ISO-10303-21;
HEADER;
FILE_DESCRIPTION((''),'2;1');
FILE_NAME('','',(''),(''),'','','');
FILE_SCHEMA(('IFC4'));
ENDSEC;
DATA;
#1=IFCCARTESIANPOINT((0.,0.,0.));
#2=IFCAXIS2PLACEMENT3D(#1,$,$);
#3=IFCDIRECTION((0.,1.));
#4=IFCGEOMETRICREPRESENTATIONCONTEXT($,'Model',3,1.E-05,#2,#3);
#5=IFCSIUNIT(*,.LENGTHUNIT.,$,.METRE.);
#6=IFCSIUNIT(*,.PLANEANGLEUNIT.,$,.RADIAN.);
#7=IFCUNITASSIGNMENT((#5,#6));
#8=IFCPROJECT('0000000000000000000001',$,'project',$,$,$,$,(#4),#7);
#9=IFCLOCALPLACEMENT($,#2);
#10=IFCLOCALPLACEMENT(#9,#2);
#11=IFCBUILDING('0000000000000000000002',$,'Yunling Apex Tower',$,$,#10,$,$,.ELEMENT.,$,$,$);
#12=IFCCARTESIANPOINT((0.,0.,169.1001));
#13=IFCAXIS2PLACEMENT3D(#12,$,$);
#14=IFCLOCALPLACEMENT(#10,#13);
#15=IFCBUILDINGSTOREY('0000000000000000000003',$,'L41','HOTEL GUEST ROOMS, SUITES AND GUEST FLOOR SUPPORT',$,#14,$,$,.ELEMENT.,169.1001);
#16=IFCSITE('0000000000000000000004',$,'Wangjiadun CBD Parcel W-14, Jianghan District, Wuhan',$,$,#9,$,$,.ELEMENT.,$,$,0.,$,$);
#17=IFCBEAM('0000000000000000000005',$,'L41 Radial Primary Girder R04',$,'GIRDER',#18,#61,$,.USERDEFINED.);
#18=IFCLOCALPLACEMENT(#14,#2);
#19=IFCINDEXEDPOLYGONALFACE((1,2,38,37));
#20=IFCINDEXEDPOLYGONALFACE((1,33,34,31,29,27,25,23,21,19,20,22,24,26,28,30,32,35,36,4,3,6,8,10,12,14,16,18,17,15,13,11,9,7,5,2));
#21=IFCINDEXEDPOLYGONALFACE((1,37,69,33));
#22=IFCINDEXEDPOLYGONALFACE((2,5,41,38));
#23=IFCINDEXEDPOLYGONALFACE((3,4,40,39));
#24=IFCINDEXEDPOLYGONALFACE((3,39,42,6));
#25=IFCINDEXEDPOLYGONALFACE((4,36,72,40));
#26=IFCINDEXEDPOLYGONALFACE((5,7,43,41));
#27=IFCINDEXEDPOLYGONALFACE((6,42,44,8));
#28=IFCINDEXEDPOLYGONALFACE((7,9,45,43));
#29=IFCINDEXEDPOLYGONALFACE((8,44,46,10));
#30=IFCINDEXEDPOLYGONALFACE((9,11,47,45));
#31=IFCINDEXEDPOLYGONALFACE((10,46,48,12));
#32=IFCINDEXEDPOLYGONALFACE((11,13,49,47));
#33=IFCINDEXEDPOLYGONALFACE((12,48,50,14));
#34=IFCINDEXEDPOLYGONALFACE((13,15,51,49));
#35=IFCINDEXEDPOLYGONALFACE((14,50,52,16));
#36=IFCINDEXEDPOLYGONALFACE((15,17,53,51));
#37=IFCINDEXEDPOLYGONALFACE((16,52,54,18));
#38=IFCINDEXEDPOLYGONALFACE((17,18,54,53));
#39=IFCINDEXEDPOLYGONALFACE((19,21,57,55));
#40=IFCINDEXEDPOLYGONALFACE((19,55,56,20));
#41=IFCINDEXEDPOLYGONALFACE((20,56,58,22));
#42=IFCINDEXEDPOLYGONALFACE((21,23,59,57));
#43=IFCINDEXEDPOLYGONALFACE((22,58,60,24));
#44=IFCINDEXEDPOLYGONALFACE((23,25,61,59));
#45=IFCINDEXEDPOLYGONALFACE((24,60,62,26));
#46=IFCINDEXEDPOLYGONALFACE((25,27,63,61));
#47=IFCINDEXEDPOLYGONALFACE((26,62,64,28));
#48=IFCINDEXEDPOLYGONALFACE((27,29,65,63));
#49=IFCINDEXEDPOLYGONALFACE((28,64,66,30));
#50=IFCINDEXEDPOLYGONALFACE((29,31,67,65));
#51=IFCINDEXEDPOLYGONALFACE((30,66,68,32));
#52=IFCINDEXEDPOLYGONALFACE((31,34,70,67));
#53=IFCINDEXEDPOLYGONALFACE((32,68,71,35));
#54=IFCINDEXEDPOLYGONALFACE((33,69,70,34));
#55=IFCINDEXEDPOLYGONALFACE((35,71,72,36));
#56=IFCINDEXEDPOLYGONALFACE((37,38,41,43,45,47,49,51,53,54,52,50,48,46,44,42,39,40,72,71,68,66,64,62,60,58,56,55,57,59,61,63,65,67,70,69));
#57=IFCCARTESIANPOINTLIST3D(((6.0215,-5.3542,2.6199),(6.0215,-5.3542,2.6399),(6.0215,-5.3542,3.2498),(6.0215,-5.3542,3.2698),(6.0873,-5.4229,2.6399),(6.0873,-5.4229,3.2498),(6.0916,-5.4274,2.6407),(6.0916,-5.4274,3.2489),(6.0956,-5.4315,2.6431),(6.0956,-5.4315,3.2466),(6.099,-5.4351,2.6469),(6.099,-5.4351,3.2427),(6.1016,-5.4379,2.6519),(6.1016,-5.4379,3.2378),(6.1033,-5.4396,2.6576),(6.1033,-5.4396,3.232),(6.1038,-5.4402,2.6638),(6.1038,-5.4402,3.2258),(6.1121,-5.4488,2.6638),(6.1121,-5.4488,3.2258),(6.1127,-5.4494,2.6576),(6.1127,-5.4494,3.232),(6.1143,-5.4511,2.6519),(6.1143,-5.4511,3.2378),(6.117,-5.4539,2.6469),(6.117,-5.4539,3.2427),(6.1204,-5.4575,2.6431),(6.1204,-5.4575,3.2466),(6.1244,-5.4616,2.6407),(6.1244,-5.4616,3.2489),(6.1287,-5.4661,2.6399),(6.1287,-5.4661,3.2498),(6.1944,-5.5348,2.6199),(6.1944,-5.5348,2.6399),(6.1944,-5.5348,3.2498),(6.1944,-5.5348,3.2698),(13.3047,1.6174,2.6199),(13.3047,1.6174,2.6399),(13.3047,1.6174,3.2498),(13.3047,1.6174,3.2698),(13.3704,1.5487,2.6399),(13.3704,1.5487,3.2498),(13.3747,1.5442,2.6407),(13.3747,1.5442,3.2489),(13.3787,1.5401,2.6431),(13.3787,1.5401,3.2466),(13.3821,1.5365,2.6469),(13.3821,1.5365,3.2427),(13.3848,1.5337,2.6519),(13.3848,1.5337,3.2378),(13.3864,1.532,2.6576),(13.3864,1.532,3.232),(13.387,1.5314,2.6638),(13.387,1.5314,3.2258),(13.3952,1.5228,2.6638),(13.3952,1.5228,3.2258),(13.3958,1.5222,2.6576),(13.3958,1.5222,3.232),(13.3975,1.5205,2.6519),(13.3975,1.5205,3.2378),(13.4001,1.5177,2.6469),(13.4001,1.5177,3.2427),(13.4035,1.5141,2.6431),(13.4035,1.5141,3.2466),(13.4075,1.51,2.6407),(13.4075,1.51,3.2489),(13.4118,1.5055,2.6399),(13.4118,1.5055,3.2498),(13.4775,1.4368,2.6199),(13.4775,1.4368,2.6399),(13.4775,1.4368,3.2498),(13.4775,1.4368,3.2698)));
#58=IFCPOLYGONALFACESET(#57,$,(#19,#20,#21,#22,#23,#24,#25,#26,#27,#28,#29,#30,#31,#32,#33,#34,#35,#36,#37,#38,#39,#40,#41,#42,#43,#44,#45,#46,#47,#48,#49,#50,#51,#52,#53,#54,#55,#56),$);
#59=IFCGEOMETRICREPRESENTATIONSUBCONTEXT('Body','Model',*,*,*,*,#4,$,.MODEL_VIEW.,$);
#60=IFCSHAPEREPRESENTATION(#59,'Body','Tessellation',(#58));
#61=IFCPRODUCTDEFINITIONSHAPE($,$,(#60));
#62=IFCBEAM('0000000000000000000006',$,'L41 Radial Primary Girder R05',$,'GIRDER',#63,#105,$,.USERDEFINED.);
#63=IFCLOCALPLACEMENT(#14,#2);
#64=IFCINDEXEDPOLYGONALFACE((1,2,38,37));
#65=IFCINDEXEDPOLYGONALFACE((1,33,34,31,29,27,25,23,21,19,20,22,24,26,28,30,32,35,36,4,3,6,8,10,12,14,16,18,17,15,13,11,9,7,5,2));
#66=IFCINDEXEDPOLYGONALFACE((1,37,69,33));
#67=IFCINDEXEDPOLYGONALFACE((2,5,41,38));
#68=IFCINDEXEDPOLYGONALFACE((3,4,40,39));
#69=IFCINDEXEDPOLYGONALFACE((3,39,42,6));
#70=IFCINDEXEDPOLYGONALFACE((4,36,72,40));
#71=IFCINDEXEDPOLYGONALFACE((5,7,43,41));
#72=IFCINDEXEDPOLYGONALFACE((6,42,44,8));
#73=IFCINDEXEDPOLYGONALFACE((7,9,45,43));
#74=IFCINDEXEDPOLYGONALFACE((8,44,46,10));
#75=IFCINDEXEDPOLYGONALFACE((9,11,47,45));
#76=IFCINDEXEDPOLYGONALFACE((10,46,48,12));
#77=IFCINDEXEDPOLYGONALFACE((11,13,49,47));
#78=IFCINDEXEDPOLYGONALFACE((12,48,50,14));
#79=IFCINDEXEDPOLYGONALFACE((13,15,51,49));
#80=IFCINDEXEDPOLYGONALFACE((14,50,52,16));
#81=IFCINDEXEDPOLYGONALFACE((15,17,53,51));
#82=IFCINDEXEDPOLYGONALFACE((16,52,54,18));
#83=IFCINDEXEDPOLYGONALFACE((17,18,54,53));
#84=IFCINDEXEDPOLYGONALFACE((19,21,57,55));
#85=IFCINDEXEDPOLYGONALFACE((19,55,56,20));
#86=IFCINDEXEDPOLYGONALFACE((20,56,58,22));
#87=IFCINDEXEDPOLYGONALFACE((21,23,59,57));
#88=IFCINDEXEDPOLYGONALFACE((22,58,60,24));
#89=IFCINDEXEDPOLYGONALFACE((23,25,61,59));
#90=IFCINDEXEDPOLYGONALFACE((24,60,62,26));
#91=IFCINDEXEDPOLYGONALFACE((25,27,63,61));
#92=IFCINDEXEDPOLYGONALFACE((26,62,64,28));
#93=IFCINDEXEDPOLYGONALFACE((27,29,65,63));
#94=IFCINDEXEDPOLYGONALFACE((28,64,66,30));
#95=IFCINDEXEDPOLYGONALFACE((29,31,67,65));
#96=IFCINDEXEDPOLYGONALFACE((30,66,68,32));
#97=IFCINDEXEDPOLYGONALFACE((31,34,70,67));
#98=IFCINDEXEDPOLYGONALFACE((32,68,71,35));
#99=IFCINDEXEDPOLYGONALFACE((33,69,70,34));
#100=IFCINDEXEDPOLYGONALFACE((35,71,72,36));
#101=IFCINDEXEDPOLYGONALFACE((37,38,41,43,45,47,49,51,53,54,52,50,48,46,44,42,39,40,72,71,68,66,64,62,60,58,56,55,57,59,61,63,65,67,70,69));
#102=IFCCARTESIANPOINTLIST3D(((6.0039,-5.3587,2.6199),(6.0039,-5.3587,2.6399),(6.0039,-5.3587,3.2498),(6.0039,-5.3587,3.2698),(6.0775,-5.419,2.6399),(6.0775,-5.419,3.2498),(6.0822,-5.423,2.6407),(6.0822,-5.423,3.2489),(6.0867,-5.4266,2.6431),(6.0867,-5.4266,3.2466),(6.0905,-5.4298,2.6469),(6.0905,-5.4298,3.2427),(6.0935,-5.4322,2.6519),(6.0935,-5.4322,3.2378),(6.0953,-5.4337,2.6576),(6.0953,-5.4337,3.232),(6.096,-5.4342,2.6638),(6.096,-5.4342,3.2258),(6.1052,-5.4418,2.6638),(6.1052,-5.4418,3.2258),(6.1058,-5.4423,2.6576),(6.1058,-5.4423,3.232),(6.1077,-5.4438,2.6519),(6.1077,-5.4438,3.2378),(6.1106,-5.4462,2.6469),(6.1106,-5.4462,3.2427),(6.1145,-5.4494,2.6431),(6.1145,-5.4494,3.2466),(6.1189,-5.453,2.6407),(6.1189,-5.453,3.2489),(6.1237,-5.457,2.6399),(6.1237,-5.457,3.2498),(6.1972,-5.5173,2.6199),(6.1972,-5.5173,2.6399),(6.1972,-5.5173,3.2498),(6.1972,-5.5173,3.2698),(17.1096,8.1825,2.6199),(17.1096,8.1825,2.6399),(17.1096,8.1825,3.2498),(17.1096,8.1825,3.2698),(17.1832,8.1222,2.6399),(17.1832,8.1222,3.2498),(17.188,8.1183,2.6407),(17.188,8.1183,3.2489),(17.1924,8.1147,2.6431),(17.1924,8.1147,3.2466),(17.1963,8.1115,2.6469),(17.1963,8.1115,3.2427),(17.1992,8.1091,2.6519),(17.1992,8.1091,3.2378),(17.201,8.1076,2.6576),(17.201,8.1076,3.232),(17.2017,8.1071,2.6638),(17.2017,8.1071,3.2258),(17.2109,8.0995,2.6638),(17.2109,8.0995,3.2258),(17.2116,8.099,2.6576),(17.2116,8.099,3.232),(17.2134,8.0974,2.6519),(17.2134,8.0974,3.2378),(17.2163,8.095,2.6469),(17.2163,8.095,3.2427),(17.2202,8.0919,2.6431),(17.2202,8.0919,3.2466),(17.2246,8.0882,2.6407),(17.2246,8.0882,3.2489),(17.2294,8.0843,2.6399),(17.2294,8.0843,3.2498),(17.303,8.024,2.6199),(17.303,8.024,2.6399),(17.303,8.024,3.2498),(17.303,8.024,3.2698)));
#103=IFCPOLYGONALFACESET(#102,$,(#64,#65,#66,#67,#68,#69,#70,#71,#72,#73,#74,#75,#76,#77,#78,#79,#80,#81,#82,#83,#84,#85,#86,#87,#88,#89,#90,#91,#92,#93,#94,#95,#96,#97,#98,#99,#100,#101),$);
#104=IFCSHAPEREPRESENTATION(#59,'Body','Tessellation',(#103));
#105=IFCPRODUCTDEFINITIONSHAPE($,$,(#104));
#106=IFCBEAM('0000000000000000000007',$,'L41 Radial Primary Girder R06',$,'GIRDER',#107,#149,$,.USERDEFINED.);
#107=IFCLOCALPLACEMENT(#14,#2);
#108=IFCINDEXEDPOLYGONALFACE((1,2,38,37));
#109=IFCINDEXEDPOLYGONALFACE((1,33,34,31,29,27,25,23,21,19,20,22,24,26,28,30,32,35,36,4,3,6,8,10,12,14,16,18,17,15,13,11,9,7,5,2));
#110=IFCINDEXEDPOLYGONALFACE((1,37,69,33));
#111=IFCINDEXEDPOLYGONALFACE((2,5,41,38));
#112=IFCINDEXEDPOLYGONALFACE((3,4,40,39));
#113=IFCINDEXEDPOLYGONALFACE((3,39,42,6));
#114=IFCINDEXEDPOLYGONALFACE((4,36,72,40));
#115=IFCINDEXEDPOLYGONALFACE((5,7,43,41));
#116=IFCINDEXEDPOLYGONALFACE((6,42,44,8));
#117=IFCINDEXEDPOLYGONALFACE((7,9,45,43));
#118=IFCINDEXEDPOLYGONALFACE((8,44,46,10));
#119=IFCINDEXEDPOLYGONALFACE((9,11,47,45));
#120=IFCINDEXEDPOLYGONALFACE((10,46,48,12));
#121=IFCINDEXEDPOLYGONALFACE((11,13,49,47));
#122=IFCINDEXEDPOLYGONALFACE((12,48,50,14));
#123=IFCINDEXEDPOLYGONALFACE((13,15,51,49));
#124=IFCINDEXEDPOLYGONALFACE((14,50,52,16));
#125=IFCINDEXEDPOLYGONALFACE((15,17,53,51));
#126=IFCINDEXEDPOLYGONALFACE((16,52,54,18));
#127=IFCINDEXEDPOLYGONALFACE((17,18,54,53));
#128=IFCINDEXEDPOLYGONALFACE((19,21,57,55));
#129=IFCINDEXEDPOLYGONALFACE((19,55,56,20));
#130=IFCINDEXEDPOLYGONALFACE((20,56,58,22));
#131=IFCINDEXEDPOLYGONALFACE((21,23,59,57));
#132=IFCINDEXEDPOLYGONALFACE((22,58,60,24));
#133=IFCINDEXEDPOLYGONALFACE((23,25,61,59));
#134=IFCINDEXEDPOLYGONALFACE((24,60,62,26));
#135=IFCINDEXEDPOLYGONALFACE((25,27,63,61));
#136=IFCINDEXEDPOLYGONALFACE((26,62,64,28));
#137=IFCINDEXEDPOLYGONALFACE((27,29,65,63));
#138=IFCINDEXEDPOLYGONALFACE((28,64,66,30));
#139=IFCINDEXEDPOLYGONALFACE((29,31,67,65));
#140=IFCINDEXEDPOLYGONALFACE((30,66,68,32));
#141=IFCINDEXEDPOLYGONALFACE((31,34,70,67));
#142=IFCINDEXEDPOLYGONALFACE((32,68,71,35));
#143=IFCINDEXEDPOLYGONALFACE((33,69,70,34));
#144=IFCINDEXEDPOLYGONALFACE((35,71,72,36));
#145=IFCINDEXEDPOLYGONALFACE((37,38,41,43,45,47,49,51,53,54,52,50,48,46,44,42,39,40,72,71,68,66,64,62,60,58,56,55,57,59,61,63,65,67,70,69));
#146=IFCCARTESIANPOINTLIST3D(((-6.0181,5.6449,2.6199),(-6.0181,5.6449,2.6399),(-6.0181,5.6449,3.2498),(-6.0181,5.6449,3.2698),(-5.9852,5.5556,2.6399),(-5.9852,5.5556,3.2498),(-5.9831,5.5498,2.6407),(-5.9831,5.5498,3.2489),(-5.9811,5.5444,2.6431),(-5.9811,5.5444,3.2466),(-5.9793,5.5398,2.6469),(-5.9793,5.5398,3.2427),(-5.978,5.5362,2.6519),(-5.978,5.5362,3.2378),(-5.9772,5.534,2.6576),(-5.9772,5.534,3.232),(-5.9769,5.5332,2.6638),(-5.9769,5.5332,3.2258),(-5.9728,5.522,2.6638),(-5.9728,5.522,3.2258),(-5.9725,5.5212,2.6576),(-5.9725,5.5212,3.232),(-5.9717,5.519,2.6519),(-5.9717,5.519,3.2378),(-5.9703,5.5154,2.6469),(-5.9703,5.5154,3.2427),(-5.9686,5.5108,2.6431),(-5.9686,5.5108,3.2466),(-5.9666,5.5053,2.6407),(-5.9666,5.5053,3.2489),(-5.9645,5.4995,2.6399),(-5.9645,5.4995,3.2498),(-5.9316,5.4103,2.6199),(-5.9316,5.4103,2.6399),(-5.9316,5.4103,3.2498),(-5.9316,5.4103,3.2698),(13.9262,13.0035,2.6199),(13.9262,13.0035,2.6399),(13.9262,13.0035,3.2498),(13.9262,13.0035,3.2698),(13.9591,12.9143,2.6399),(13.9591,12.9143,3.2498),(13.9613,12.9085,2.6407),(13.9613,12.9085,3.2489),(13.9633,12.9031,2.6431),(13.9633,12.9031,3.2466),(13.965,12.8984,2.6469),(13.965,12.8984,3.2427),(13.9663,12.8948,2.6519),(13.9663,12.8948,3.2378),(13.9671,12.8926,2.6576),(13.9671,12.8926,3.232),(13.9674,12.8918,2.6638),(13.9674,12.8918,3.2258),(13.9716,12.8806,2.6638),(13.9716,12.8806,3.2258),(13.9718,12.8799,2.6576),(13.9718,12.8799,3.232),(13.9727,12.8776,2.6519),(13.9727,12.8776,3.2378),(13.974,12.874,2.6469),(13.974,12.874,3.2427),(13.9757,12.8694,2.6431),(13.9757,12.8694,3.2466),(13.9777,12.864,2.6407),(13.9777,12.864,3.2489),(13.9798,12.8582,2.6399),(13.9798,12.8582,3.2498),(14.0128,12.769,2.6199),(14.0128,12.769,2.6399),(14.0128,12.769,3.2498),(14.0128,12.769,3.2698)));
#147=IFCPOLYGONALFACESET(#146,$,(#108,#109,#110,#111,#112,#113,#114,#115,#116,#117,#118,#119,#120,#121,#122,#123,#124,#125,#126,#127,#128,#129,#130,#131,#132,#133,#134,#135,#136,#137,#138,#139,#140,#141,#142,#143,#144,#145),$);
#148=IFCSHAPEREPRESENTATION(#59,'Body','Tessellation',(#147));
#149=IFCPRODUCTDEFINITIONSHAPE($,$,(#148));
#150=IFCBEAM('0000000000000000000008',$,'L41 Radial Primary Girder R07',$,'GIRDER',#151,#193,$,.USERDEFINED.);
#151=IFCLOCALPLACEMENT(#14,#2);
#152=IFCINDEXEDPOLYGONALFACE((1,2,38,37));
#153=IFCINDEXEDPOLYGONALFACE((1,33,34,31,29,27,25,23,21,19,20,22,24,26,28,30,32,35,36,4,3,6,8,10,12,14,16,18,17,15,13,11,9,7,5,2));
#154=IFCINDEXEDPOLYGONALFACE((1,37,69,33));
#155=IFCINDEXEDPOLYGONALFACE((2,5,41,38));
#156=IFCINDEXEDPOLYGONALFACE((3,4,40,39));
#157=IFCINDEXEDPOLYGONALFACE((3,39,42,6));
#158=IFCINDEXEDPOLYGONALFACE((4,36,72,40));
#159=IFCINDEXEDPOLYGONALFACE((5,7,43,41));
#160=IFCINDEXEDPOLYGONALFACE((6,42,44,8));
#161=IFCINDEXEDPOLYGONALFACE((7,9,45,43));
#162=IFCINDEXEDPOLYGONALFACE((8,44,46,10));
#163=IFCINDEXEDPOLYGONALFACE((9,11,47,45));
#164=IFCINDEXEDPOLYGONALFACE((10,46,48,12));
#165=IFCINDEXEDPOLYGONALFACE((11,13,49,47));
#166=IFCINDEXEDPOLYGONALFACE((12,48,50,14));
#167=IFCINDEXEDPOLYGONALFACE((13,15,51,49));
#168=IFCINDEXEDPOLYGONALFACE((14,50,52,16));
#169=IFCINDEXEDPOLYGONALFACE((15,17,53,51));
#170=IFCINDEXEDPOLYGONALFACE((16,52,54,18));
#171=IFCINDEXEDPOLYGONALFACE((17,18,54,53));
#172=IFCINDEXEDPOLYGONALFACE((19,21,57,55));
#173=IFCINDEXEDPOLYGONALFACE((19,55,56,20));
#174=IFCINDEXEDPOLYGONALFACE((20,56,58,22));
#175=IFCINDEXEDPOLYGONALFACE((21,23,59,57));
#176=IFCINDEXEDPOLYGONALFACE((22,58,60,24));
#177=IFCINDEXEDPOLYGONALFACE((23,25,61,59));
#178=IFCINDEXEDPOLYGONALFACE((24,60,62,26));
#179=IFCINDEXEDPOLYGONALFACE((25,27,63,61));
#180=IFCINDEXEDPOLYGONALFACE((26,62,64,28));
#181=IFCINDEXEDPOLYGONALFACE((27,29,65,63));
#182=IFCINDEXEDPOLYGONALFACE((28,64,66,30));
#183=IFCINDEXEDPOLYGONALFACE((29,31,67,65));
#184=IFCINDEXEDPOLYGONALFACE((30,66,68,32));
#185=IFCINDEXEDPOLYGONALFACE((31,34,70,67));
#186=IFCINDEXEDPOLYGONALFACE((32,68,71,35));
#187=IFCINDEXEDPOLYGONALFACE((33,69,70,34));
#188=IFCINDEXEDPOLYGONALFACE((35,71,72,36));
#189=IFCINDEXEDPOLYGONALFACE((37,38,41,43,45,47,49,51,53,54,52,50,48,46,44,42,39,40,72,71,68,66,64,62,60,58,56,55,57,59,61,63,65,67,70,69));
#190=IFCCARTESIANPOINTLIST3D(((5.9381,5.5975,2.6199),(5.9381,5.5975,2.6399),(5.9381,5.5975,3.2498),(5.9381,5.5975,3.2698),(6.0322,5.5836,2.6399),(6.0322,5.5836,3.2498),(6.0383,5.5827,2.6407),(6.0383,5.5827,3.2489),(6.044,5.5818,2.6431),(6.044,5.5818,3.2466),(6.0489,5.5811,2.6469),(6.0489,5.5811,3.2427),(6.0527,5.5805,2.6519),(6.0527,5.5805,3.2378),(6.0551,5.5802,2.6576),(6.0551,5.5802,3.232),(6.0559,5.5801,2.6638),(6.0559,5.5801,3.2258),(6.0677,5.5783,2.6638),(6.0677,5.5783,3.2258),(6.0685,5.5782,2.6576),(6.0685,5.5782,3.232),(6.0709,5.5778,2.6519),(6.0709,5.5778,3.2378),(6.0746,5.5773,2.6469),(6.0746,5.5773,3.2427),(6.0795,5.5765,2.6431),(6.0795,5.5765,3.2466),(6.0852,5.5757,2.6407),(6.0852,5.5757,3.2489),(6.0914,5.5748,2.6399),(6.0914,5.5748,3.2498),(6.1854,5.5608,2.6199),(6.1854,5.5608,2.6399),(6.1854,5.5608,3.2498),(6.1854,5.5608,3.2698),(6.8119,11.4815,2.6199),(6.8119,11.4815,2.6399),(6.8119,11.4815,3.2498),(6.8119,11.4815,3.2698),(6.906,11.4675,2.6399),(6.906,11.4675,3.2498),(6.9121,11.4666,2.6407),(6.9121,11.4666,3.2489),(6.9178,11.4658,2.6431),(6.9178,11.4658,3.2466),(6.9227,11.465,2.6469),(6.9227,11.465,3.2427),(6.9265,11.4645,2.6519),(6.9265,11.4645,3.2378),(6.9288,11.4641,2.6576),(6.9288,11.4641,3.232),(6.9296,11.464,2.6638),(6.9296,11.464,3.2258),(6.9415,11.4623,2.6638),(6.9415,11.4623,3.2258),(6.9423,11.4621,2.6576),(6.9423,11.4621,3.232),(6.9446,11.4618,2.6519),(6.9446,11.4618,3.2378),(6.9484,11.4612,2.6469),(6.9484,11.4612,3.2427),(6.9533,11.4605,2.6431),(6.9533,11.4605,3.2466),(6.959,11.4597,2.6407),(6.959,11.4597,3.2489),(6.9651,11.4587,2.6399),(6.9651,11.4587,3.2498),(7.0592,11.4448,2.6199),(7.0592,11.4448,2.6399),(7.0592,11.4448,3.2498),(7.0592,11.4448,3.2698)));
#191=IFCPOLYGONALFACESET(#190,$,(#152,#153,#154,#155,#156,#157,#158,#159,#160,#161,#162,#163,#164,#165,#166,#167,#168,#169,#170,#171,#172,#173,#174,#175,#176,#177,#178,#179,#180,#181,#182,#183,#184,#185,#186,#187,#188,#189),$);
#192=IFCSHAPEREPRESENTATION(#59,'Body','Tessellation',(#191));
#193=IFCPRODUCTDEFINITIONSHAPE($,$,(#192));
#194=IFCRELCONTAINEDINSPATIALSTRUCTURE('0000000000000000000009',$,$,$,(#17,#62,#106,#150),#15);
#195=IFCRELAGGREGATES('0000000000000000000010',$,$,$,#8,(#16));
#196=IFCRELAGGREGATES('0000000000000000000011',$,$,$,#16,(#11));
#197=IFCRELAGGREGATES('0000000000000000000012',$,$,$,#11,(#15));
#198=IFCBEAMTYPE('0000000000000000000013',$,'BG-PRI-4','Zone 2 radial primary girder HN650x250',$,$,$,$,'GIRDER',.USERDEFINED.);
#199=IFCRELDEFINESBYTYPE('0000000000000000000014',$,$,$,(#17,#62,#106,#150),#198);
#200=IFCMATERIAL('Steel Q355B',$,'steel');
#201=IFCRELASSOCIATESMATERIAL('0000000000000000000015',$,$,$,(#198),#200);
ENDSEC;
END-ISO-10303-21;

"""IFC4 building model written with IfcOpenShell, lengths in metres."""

from ifc_helpers import new_model, si_unit, direction, frame, origin, origin_2d, place, context, subcontext, project, spatial, i_section, extrude, source, transform, mapped, material, material_profile, profile_set, type_object, element, save


model = new_model("IFC4")

# Units and contexts
model_context = context("Model", 3, precision=1e-05, world=origin(), true_north=direction((0.0, 1.0)))
body_context = subcontext(model_context, "Body", "Model", "MODEL_VIEW")
ifc_project = project(units=[si_unit("LENGTHUNIT", "METRE"), si_unit("PLANEANGLEUNIT", "RADIAN")], contexts=[model_context])

# Site, building, storey
site_placement = place(None, origin())
site = spatial("IfcSite", under=ifc_project, at=site_placement, Name="Wangjiadun CBD Parcel W-14, Jianghan District, Wuhan", CompositionType="ELEMENT", RefElevation=0.0)
building_placement = place(site_placement, origin())
building = spatial("IfcBuilding", under=site, at=building_placement, Name="Yunling Apex Tower", CompositionType="ELEMENT")
storey_placement = place(building_placement, frame((0.0, 0.0, 169.1001)))
storey = spatial("IfcBuildingStorey", under=building, at=storey_placement, Name="L41", Description="HOTEL GUEST ROOMS, SUITES AND GUEST FLOOR SUPPORT", CompositionType="ELEMENT", Elevation=169.1001)

# Beams
ifc_material_1 = material(Name="Steel Q355B", Category="steel")
ifc_material_profile_1 = material_profile(ifc_material_1, i_section(OverallWidth=0.25, OverallDepth=0.6499, WebThickness=0.012, FlangeThickness=0.02, FilletRadius=0.0239, at=origin_2d()))
ifc_profile_set_1 = profile_set([ifc_material_profile_1], Name="Steel Q355B")
beam_type_1 = type_object("IfcBeamType", Name="BG-PRI-4", Description="Zone 2 radial primary girder HN650x250", ElementType="GIRDER", PredefinedType="USERDEFINED", material=ifc_profile_set_1)
shared_shape_1 = source(origin(), body_context, "Body", "SweptSolid", [
    extrude(i_section(OverallWidth=0.25, OverallDepth=0.6499, WebThickness=0.012, FlangeThickness=0.02, FilletRadius=0.0239, at=origin_2d()), origin(), (0.0, 0.0, 1.0), 10.082),
])
beam_1_placement = place(storey_placement, frame((13.3911, 1.5271, 2.9448), z_axis=(-0.722387, -0.691489, 0.0), x_axis=(0.691489, -0.722387, 0.0)))
element("IfcBeam", 1, at=beam_1_placement, inside=storey, type_object=beam_type_1, Name="L41 Radial Primary Girder R04", ObjectType="GIRDER", PredefinedType="USERDEFINED", context=body_context, shape_type="MappedRepresentation", body=[
    mapped(shared_shape_1, transform((0.0, 0.0, 0.0), scale=1.0)),
])
shared_shape_2 = source(origin(), body_context, "Body", "SweptSolid", [
    extrude(i_section(OverallWidth=0.25, OverallDepth=0.6499, WebThickness=0.012, FlangeThickness=0.02, FilletRadius=0.0239, at=origin_2d()), origin(), (0.0, 0.0, 1.0), 17.5129),
])
beam_2_placement = place(storey_placement, frame((17.2063, 8.1033, 2.9448), z_axis=(-0.634144, -0.773215, 0.0), x_axis=(0.773215, -0.634144, 0.0)))
element("IfcBeam", 2, at=beam_2_placement, inside=storey, type_object=beam_type_1, Name="L41 Radial Primary Girder R05", ObjectType="GIRDER", PredefinedType="USERDEFINED", context=body_context, shape_type="MappedRepresentation", body=[
    mapped(shared_shape_2, transform((0.0, 0.0, 0.0), scale=1.0)),
])
shared_shape_3 = source(origin(), body_context, "Body", "SweptSolid", [
    extrude(i_section(OverallWidth=0.25, OverallDepth=0.6499, WebThickness=0.012, FlangeThickness=0.02, FilletRadius=0.0239, at=origin_2d()), origin(), (0.0, 0.0, 1.0), 21.2585),
])
beam_3_placement = place(storey_placement, frame((13.9695, 12.8862, 2.9448), z_axis=(-0.938179, -0.34615, 0.0), x_axis=(0.34615, -0.938179, 0.0)))
element("IfcBeam", 3, at=beam_3_placement, inside=storey, type_object=beam_type_1, Name="L41 Radial Primary Girder R06", ObjectType="GIRDER", PredefinedType="USERDEFINED", context=body_context, shape_type="MappedRepresentation", body=[
    mapped(shared_shape_3, transform((0.0, 0.0, 0.0), scale=1.0)),
])
shared_shape_4 = source(origin(), body_context, "Body", "SweptSolid", [
    extrude(i_section(OverallWidth=0.25, OverallDepth=0.6499, WebThickness=0.012, FlangeThickness=0.02, FilletRadius=0.0239, at=origin_2d()), origin(), (0.0, 0.0, 1.0), 5.9485),
])
beam_4_placement = place(storey_placement, frame((6.9355, 11.4631, 2.9448), z_axis=(-0.146889, -0.989153, 0.0), x_axis=(0.989153, -0.146889, 0.0)))
element("IfcBeam", 4, at=beam_4_placement, inside=storey, type_object=beam_type_1, Name="L41 Radial Primary Girder R07", ObjectType="GIRDER", PredefinedType="USERDEFINED", context=body_context, shape_type="MappedRepresentation", body=[
    mapped(shared_shape_4, transform((0.0, 0.0, 0.0), scale=1.0)),
])

save(model, "model.ifc")
